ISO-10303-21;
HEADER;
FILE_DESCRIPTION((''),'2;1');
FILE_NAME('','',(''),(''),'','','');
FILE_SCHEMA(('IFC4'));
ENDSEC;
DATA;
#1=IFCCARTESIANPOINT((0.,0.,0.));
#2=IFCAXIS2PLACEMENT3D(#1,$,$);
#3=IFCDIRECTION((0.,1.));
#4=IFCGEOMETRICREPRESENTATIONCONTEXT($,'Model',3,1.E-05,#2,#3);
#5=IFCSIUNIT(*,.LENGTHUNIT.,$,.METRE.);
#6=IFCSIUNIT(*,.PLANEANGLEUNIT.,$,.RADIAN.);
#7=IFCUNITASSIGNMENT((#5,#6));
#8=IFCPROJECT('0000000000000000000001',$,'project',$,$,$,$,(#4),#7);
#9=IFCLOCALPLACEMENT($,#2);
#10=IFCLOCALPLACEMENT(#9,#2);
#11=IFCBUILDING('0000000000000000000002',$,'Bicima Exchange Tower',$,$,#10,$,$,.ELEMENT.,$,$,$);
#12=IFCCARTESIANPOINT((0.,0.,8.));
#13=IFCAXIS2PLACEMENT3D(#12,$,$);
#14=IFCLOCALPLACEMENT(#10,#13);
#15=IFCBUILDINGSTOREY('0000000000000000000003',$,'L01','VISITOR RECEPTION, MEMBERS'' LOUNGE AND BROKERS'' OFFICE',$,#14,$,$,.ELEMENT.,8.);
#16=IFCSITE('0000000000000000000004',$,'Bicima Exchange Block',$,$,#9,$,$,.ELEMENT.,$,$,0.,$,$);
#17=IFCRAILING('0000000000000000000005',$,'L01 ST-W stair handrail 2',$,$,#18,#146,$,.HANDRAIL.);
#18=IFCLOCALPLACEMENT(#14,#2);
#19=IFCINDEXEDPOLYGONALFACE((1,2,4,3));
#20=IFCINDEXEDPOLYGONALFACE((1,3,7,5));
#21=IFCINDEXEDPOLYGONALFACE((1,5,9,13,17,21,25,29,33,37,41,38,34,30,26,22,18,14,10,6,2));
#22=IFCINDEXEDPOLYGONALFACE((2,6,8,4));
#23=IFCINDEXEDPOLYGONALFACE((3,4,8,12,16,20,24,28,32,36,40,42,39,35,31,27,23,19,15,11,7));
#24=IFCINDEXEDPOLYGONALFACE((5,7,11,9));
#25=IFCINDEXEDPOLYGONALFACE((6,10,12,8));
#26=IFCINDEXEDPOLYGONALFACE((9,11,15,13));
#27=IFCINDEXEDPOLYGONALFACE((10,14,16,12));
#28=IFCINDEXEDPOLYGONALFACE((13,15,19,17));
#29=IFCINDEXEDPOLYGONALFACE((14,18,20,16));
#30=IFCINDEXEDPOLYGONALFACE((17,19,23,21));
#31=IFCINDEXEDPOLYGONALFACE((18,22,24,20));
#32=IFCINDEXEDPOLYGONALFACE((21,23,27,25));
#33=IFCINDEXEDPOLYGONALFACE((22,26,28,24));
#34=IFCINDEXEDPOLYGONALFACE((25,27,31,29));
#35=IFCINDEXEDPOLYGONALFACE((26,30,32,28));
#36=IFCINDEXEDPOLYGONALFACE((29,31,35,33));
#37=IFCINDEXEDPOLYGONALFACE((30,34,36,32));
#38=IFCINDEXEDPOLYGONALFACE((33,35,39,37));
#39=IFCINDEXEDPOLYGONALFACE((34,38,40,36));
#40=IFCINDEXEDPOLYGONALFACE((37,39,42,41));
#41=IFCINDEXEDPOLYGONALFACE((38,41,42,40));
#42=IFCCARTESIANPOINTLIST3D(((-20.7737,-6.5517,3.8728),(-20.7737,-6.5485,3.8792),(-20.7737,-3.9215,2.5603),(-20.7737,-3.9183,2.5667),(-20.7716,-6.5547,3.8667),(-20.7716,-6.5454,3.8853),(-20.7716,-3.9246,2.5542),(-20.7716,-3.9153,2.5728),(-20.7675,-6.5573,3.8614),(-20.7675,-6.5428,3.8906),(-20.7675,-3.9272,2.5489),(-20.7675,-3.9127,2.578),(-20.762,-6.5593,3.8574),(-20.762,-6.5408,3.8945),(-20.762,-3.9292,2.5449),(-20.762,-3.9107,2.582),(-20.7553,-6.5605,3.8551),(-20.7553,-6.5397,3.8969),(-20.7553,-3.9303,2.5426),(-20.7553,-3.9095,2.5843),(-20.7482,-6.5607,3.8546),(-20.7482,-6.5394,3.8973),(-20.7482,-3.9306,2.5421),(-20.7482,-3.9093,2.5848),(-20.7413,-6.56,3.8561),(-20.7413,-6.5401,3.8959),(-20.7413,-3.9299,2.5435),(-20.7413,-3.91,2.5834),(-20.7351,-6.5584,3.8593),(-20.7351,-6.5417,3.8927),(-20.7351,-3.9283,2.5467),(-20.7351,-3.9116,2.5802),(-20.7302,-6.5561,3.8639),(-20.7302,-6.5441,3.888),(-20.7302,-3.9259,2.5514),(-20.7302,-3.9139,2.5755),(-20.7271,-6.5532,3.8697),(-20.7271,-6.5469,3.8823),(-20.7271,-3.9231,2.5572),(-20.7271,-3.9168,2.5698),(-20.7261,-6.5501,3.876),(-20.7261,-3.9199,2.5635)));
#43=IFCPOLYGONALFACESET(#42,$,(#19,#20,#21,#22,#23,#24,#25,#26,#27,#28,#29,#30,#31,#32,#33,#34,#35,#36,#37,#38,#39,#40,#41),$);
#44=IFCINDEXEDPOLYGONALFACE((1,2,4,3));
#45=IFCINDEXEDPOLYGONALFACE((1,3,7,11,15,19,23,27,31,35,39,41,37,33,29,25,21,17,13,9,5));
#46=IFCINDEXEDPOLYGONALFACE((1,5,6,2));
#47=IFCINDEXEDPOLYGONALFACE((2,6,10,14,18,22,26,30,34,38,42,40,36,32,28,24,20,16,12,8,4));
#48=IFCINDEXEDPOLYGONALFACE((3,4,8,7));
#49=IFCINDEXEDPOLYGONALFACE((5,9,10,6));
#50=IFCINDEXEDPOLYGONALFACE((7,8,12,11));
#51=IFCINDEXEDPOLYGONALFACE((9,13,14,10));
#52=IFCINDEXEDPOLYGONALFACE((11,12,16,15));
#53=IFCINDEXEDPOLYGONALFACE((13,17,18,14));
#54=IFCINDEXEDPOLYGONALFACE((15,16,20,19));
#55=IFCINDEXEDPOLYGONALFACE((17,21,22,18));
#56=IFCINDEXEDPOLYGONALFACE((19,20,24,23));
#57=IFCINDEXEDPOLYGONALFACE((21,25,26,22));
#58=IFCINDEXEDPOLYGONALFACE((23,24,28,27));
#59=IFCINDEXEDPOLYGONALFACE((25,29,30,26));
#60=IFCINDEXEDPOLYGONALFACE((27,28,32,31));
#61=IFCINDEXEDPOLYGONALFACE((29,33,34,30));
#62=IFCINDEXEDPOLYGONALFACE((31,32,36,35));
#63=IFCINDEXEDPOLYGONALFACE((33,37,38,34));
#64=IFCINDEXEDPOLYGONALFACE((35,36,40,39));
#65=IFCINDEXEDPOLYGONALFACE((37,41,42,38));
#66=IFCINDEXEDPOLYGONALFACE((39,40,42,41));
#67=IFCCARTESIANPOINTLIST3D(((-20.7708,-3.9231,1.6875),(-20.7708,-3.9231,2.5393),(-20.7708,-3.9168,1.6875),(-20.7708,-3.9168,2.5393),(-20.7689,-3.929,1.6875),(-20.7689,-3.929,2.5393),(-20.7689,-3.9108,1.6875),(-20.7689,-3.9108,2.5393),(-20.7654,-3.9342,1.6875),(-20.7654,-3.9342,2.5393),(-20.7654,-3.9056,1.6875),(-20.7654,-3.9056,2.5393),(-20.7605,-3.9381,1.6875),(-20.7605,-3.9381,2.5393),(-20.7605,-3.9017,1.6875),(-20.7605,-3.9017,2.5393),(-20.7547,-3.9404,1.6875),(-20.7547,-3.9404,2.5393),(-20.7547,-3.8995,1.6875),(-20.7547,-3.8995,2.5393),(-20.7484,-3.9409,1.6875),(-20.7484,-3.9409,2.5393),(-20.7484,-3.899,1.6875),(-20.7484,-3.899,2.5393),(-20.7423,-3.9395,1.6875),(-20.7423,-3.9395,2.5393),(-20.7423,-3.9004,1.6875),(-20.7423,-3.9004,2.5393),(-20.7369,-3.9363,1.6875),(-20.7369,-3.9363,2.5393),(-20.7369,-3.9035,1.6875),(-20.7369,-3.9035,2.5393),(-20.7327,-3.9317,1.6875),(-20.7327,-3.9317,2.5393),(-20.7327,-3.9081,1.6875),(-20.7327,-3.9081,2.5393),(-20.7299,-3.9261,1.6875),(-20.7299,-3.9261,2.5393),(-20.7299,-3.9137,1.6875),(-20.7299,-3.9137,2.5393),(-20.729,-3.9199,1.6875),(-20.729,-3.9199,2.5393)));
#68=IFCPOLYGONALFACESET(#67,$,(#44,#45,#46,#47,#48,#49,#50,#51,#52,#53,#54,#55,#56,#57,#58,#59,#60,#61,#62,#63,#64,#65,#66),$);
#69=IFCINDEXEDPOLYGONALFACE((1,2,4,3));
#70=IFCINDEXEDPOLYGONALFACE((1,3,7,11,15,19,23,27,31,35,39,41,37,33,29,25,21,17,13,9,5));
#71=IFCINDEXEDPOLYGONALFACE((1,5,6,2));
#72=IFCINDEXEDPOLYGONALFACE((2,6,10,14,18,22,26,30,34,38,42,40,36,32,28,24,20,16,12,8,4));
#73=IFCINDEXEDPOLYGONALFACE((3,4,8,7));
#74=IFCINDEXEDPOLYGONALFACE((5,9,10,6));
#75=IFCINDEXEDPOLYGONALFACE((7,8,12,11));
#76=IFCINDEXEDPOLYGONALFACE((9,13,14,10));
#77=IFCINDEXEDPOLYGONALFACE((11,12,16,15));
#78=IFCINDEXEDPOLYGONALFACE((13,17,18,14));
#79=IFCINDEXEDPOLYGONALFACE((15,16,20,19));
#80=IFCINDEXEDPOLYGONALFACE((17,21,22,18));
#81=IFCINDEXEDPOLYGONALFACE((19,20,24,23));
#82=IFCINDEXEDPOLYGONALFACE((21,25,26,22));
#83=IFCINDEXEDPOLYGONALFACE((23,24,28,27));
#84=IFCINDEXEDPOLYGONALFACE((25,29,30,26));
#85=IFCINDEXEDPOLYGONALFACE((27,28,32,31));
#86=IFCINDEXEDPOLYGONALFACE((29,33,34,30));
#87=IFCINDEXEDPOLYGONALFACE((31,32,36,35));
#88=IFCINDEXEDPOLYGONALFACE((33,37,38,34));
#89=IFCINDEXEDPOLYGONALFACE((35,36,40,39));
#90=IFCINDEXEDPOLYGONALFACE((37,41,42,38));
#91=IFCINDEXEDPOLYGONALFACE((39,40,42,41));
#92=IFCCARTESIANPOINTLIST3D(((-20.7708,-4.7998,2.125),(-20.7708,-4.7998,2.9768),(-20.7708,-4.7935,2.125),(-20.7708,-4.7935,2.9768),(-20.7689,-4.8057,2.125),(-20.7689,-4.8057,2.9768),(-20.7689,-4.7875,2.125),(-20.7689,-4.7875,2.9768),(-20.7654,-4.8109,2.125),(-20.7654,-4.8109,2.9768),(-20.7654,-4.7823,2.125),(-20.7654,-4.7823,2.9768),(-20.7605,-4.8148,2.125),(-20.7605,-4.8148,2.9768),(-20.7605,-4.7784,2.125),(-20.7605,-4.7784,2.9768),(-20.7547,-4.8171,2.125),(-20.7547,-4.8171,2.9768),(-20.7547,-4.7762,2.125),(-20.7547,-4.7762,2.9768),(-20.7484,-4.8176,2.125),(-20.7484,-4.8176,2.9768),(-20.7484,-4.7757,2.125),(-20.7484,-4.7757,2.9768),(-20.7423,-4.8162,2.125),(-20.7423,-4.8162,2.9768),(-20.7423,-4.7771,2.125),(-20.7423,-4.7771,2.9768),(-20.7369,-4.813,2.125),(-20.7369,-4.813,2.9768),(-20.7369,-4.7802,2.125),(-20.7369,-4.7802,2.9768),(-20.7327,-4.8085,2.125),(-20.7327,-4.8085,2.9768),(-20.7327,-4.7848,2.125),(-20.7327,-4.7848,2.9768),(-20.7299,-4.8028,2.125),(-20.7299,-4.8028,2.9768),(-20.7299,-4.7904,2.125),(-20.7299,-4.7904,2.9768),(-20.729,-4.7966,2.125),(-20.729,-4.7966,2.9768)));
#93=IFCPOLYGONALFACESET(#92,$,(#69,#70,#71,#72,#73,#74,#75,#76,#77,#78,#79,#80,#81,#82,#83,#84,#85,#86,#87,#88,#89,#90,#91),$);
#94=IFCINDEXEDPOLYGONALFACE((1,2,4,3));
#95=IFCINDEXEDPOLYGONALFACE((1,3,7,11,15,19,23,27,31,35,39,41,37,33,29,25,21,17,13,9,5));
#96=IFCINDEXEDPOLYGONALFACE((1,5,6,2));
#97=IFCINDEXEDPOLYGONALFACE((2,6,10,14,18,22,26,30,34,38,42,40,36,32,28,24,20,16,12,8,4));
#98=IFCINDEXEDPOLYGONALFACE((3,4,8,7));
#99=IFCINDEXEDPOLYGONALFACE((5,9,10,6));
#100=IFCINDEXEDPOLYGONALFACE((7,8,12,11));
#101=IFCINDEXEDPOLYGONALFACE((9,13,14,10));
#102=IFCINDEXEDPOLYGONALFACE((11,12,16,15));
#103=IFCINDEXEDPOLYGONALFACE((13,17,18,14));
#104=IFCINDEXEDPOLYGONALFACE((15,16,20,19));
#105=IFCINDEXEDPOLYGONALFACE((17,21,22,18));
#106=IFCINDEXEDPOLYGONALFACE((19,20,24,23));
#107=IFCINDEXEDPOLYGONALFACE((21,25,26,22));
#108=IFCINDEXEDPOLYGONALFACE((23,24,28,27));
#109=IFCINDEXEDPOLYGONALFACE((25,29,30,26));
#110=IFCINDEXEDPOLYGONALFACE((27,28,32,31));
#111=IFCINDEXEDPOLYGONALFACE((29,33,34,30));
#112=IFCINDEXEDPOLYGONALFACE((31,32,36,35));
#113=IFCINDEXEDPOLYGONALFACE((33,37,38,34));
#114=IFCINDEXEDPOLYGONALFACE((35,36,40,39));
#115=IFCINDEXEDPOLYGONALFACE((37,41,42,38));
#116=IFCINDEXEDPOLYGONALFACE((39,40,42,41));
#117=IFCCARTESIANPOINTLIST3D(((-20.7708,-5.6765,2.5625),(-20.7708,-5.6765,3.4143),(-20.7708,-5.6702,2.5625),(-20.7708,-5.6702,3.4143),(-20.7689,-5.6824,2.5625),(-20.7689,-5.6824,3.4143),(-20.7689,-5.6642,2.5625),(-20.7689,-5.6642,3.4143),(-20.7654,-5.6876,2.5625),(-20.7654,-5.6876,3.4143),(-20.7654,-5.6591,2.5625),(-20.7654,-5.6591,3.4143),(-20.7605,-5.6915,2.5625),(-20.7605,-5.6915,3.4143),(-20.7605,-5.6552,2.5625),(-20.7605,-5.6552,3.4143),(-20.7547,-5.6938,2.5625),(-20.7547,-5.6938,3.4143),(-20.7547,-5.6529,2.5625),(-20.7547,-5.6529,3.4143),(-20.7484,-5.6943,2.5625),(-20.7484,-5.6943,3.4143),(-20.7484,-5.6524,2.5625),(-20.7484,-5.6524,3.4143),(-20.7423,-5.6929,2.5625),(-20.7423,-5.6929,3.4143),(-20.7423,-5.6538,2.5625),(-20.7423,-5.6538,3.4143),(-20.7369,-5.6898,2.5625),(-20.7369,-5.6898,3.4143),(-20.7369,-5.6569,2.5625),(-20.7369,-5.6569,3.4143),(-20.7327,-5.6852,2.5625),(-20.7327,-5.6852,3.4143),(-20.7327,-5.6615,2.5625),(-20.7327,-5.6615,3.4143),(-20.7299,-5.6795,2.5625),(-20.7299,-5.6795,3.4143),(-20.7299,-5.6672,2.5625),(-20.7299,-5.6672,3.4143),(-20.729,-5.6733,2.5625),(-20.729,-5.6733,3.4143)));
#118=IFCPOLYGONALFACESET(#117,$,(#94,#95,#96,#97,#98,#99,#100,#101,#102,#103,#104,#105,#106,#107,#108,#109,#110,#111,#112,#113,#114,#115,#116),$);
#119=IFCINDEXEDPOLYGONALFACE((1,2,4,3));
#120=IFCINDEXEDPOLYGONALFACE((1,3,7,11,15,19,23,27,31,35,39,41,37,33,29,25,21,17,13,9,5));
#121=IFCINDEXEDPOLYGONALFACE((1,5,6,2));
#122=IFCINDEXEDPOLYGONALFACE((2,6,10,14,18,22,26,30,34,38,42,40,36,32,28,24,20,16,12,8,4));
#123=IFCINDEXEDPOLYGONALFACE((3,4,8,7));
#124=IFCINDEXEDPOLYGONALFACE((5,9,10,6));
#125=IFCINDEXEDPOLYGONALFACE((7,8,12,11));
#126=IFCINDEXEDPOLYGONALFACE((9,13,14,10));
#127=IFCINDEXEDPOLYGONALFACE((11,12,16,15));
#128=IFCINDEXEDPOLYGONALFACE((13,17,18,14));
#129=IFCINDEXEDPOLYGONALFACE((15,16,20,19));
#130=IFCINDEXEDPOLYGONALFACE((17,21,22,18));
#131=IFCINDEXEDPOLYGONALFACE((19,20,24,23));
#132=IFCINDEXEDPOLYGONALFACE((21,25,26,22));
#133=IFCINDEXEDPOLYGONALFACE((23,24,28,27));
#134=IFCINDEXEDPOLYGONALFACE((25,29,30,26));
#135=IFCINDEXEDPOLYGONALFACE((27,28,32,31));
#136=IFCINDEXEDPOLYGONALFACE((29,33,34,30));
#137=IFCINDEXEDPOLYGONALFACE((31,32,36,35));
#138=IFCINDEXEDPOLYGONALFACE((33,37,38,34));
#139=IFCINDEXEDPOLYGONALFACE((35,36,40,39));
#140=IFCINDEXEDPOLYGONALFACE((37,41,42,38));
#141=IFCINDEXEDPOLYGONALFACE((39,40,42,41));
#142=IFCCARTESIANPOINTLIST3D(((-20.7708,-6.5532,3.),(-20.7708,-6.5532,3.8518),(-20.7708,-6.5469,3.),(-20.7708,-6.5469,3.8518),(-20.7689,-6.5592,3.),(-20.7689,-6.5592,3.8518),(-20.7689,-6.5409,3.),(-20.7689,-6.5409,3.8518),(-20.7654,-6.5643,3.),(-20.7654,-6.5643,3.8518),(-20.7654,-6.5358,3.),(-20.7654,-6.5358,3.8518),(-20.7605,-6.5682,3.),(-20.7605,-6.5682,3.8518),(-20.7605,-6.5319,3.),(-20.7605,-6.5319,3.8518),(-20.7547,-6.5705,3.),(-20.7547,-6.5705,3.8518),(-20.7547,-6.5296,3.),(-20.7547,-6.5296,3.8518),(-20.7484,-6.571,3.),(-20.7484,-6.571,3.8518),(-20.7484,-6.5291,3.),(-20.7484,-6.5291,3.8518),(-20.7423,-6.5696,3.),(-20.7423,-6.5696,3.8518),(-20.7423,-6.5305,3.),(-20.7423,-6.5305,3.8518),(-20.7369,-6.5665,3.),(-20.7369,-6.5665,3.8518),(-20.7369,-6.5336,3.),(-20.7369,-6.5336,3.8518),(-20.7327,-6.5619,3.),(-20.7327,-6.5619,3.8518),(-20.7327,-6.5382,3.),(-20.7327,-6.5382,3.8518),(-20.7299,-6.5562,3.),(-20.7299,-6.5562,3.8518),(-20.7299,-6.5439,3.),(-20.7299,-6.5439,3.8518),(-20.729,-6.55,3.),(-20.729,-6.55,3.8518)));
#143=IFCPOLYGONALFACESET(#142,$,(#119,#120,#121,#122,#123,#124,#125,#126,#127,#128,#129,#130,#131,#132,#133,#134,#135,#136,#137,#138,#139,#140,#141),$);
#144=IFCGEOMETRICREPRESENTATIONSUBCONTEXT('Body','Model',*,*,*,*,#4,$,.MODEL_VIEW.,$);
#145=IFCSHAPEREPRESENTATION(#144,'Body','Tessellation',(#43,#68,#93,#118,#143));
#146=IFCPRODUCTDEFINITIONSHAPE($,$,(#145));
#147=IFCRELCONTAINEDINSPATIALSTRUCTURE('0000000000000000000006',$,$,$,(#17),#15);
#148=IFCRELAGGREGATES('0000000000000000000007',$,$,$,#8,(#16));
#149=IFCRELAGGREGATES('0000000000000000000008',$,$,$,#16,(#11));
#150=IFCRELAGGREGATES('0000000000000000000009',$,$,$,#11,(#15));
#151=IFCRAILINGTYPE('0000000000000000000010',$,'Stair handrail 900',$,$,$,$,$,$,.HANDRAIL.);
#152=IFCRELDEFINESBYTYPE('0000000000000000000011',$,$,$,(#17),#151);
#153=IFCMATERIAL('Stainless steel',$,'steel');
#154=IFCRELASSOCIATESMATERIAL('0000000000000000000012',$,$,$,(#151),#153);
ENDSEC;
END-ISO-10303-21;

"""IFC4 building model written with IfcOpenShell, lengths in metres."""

from ifc_helpers import new_model, si_unit, direction, frame, origin, origin_2d, place, context, subcontext, project, spatial, circle, extrude, material, type_object, element, save


model = new_model("IFC4")

# Units and contexts
model_context = context("Model", 3, precision=1e-05, world=origin(), true_north=direction((0.0, 1.0)))
body_context = subcontext(model_context, "Body", "Model", "MODEL_VIEW")
ifc_project = project(units=[si_unit("LENGTHUNIT", "METRE"), si_unit("PLANEANGLEUNIT", "RADIAN")], contexts=[model_context])

# Site, building, storey
site_placement = place(None, origin())
site = spatial("IfcSite", under=ifc_project, at=site_placement, Name="Bicima Exchange Block", CompositionType="ELEMENT", RefElevation=0.0)
building_placement = place(site_placement, origin())
building = spatial("IfcBuilding", under=site, at=building_placement, Name="Bicima Exchange Tower", CompositionType="ELEMENT")
storey_placement = place(building_placement, frame((0.0, 0.0, 8.0)))
storey = spatial("IfcBuildingStorey", under=building, at=storey_placement, Name="L01", Description="VISITOR RECEPTION, MEMBERS' LOUNGE AND BROKERS' OFFICE", CompositionType="ELEMENT", Elevation=8.0)

# Railing
ifc_material_1 = material(Name="Stainless steel", Category="steel")
railing_type_1 = type_object("IfcRailingType", Name="Stair handrail 900", PredefinedType="HANDRAIL", material=ifc_material_1)
for number, where, name in (
    (1, (-20.75, -3.9199, 1.6875), "L01 ST-W stair handrail 2"),
):
    element("IfcRailing", number, at=place(storey_placement, frame(where)), inside=storey, type_object=railing_type_1, Name=name, PredefinedType="HANDRAIL", context=body_context, shape_type="SweptSolid", body=[
        extrude(circle(Radius=0.0239, at=origin_2d()), frame((0.0, 0.0, 0.876), z_axis=(0.0, -0.894776, 0.446516), x_axis=(1.0, 0.0, 0.0)), (0.0, 0.0, 1.0), 2.9395),
        extrude(circle(Radius=0.021, at=origin_2d()), origin(), (0.0, 0.0, 1.0), 0.8518),
        extrude(circle(Radius=0.021, at=origin_2d()), frame((0.0, -0.8767, 0.4375)), (0.0, 0.0, 1.0), 0.8518),
        extrude(circle(Radius=0.021, at=origin_2d()), frame((0.0, -1.7534, 0.875)), (0.0, 0.0, 1.0), 0.8518),
        extrude(circle(Radius=0.021, at=origin_2d()), frame((0.0, -2.6301, 1.3125)), (0.0, 0.0, 1.0), 0.8518),
    ])

save(model, "model.ifc")
